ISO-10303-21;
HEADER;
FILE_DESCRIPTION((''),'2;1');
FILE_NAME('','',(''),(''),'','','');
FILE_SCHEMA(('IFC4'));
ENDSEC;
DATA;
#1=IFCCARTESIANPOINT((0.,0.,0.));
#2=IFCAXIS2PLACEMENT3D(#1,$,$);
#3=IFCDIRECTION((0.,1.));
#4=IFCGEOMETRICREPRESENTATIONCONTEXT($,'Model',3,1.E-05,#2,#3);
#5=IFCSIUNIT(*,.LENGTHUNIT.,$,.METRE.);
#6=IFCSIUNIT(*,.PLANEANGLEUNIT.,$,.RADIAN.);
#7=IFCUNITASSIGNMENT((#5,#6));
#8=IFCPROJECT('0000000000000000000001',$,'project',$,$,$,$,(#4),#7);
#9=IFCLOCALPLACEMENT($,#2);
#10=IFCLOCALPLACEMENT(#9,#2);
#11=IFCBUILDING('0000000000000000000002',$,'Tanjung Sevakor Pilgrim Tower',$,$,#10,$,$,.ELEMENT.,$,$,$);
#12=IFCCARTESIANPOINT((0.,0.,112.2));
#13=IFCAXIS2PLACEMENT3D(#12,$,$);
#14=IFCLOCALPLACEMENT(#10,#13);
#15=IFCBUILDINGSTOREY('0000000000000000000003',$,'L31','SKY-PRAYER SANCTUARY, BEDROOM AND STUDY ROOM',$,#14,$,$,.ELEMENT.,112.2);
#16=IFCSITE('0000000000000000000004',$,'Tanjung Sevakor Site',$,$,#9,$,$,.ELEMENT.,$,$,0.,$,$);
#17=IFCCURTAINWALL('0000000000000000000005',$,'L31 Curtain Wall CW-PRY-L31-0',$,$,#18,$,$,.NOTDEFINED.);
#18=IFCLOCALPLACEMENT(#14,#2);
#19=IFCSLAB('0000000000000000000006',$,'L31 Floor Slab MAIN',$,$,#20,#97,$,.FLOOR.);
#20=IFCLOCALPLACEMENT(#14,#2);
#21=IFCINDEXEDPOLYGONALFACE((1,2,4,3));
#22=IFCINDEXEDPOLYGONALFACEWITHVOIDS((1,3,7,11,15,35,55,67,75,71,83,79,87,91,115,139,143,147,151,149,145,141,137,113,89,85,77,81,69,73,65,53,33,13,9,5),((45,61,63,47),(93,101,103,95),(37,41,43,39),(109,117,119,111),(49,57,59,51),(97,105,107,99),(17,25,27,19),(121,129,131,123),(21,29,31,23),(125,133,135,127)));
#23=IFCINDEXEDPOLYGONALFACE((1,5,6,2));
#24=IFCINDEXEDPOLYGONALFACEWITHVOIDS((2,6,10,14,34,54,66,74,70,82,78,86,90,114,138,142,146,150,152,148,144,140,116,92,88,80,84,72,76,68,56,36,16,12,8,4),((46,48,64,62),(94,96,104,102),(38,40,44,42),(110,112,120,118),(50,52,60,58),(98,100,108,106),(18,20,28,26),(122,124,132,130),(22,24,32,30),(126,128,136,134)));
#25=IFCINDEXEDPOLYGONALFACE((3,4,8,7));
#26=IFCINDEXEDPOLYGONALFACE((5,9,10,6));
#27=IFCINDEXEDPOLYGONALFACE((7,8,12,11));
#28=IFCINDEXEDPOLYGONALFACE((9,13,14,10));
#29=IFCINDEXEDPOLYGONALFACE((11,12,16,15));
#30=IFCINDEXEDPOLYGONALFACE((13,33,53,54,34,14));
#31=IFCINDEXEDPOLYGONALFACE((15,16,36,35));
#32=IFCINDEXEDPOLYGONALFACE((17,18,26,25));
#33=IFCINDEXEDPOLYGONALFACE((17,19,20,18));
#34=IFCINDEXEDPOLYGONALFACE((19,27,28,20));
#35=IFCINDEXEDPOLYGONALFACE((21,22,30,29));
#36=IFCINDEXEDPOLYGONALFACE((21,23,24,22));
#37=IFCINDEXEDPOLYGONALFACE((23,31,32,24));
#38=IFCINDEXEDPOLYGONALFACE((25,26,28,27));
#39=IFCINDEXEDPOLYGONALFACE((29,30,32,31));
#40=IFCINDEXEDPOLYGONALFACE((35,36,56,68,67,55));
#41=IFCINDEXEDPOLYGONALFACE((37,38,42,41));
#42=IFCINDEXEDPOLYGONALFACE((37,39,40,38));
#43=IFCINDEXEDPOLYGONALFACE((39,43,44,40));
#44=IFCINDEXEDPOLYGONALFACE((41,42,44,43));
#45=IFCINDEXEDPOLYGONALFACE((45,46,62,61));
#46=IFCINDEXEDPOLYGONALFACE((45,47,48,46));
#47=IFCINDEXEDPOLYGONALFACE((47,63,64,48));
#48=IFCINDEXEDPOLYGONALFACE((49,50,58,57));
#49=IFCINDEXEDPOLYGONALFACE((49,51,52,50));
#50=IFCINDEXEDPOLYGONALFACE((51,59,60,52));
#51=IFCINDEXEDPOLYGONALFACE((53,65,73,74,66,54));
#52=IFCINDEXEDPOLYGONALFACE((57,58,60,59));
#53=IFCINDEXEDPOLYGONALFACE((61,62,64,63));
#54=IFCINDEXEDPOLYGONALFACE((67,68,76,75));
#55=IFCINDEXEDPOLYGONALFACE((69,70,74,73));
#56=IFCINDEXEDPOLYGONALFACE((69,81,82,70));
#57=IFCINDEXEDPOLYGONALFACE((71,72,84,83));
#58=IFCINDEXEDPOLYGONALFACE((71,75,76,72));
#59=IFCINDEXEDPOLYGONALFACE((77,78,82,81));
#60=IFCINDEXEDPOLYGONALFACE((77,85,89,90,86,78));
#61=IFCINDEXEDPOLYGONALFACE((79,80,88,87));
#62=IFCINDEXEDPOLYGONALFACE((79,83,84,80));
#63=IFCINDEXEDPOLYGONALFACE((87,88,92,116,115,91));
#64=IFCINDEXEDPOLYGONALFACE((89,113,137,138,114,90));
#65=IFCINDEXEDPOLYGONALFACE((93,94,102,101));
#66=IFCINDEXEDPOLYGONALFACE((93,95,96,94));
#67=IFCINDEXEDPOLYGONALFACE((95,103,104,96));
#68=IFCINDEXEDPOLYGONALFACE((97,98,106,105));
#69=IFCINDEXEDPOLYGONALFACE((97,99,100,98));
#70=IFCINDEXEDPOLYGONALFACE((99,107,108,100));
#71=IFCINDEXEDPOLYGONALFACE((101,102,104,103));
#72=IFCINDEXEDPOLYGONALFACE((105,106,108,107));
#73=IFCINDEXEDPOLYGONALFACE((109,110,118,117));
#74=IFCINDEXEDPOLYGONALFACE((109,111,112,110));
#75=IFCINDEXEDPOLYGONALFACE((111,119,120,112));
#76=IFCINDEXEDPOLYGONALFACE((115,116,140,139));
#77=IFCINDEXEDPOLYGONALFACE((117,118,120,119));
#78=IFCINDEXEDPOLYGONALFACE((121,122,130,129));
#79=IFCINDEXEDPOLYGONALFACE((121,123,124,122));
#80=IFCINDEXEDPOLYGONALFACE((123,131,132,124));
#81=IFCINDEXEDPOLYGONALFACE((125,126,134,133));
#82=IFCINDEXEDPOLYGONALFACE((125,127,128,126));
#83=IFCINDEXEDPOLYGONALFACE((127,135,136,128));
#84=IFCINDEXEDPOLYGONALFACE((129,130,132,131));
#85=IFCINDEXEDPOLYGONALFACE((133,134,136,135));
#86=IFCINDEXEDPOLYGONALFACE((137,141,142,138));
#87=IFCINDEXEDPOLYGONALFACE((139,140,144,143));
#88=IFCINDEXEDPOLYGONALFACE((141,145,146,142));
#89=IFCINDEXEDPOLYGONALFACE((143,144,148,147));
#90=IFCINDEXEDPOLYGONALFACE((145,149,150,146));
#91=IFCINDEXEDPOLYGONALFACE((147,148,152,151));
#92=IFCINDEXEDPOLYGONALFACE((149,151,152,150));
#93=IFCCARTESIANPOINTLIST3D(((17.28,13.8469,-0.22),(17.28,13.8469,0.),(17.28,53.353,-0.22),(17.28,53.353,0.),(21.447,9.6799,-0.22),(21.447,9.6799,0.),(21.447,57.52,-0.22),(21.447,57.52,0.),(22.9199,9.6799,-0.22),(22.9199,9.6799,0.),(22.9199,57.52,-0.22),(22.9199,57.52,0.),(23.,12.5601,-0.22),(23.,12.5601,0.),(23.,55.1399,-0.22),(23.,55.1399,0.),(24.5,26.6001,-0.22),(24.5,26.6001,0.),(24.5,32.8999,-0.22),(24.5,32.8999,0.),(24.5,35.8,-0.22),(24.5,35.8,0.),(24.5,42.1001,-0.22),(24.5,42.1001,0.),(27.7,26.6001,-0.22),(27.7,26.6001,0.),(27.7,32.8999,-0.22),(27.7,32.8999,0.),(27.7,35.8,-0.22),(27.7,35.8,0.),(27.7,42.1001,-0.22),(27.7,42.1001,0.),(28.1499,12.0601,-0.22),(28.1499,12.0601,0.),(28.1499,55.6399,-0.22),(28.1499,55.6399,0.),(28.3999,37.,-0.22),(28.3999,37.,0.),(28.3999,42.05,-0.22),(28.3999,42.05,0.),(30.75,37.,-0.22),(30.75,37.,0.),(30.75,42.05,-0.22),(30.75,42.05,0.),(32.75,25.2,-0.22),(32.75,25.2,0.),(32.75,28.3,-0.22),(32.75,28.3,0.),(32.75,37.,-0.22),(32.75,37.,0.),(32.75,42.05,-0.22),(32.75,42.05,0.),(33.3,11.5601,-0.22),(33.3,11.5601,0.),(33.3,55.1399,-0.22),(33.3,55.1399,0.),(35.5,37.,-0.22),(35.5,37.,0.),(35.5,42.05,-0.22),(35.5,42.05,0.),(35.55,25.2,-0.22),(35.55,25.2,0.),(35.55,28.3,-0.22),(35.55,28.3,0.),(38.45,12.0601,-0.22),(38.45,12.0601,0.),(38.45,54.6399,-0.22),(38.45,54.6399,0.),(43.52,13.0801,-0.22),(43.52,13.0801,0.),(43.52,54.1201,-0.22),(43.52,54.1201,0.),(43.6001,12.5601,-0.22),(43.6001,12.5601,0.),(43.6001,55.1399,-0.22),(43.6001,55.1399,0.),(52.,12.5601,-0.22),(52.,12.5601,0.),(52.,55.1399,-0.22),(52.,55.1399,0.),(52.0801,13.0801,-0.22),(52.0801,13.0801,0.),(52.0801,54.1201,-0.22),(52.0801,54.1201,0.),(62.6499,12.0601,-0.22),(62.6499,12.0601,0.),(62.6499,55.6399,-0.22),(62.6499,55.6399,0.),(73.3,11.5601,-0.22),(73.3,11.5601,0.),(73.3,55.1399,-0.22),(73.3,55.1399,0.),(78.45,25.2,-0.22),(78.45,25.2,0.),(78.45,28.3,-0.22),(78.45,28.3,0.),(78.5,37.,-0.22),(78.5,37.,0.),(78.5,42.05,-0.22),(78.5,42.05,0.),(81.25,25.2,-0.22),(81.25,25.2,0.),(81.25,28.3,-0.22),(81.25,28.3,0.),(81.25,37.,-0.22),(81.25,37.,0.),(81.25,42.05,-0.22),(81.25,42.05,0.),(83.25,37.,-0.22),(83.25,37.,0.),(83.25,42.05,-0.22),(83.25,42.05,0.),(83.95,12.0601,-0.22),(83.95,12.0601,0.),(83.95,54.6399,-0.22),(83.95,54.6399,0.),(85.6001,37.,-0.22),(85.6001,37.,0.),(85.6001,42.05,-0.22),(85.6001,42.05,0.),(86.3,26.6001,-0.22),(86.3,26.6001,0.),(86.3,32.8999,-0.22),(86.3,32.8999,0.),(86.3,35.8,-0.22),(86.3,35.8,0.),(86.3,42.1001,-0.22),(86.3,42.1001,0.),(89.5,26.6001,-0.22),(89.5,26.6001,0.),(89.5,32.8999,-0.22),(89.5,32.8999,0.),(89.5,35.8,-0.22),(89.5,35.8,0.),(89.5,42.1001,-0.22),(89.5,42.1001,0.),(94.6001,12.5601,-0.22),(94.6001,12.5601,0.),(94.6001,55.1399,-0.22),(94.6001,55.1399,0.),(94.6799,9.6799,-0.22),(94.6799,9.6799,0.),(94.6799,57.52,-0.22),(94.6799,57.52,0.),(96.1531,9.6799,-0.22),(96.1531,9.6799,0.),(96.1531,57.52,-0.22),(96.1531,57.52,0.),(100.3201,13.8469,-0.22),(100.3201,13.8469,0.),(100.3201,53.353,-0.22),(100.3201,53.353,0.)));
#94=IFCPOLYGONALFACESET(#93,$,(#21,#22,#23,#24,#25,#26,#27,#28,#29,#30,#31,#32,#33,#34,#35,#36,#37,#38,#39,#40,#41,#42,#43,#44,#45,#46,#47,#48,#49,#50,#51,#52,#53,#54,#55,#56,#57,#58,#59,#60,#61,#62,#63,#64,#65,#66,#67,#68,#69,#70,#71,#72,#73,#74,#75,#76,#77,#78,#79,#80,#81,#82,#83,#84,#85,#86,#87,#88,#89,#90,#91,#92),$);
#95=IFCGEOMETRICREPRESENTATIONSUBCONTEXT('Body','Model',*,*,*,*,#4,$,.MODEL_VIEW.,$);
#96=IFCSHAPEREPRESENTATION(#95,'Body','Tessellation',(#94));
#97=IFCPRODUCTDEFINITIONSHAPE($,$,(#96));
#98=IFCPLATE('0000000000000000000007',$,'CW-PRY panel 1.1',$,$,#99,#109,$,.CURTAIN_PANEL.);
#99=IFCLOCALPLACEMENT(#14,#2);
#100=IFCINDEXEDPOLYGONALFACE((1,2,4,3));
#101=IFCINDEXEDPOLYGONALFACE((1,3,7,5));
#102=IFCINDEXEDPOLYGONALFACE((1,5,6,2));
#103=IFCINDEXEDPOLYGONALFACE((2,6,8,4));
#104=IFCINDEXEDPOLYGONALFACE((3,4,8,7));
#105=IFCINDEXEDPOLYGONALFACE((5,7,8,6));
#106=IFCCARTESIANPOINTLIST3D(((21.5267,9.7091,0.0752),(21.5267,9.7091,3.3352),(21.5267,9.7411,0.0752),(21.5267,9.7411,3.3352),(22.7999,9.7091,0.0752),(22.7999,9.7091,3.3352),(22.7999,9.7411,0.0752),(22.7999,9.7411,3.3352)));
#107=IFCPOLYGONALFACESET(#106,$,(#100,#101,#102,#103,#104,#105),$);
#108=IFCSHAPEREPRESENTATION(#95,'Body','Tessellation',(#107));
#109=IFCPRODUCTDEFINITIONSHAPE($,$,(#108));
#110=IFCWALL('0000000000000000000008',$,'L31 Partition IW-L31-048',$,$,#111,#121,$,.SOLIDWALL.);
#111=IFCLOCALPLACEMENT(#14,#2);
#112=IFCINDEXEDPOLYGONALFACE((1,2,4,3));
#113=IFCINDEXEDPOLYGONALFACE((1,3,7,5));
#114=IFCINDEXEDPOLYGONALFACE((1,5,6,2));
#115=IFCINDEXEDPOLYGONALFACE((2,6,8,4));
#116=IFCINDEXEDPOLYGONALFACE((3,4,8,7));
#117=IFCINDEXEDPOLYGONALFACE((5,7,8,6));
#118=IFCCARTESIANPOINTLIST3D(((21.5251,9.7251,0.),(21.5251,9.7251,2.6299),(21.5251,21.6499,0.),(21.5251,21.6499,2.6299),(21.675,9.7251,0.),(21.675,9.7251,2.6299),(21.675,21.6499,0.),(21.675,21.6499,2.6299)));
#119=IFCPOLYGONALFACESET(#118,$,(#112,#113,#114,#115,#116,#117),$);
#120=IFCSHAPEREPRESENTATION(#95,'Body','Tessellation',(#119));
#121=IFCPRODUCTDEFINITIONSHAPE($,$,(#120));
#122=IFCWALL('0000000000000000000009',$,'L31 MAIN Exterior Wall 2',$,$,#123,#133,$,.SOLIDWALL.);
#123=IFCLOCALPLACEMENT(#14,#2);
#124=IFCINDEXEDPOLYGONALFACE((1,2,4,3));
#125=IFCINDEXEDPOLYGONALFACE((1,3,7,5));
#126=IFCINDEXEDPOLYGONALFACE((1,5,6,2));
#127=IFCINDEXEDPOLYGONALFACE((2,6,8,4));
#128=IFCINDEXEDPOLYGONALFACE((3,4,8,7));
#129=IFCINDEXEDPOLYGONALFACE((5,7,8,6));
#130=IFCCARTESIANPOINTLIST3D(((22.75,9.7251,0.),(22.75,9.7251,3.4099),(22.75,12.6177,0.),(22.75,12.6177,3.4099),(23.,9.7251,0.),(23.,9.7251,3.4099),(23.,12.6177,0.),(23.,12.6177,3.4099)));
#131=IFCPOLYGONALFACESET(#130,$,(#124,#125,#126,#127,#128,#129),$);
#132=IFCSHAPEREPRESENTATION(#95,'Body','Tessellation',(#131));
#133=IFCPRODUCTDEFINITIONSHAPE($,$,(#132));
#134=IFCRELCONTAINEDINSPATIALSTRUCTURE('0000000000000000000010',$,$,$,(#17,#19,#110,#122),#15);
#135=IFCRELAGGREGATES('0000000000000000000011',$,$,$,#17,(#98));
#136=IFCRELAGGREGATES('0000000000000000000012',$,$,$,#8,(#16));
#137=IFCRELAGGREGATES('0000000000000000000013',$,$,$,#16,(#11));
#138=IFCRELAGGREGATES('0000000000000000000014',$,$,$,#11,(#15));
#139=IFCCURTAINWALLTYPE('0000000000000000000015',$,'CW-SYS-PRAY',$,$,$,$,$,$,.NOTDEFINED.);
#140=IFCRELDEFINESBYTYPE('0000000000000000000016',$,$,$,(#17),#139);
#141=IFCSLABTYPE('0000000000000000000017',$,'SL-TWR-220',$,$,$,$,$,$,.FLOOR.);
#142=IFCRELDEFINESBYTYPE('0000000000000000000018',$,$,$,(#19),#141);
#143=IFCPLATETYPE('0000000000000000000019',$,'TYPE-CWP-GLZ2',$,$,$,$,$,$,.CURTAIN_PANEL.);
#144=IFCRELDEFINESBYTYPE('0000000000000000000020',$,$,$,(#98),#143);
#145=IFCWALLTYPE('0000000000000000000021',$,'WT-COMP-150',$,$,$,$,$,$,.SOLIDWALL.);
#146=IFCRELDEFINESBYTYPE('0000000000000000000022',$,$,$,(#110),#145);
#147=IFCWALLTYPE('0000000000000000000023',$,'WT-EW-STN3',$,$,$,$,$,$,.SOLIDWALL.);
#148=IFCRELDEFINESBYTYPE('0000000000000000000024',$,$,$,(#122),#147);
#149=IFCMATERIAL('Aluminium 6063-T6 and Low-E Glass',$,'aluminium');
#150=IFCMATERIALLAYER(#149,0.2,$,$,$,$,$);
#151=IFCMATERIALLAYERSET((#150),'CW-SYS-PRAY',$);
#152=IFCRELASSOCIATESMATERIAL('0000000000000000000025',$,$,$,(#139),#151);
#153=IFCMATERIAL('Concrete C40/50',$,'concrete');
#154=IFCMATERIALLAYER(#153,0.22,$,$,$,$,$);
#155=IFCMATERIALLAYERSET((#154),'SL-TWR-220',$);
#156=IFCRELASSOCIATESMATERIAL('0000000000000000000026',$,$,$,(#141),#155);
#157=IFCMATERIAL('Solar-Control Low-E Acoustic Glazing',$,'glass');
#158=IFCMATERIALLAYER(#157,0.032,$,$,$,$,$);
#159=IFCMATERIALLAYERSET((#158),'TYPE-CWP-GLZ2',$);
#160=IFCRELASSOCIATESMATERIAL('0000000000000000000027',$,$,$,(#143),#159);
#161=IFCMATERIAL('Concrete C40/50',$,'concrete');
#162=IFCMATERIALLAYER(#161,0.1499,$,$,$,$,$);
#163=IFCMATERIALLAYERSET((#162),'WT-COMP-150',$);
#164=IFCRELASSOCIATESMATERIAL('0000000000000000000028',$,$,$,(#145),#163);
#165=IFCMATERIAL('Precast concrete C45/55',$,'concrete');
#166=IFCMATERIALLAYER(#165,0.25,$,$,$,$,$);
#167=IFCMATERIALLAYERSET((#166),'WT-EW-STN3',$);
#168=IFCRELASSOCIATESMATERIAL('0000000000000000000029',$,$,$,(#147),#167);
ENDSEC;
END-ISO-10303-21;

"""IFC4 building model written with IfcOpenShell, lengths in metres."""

from ifc_helpers import new_model, si_unit, direction, frame, frame_2d, origin, origin_2d, place, context, subcontext, project, spatial, polyline, rectangle, outline, extrude, material, layer, layer_set, type_object, element, aggregate, save


model = new_model("IFC4")

# Units and contexts
model_context = context("Model", 3, precision=1e-05, world=origin(), true_north=direction((0.0, 1.0)))
body_context = subcontext(model_context, "Body", "Model", "MODEL_VIEW")
ifc_project = project(units=[si_unit("LENGTHUNIT", "METRE"), si_unit("PLANEANGLEUNIT", "RADIAN")], contexts=[model_context])

# Site, building, storey
site_placement = place(None, origin())
site = spatial("IfcSite", under=ifc_project, at=site_placement, Name="Tanjung Sevakor Site", CompositionType="ELEMENT", RefElevation=0.0)
building_placement = place(site_placement, origin())
building = spatial("IfcBuilding", under=site, at=building_placement, Name="Tanjung Sevakor Pilgrim Tower", CompositionType="ELEMENT")
storey_placement = place(building_placement, frame((0.0, 0.0, 112.2)))
storey = spatial("IfcBuildingStorey", under=building, at=storey_placement, Name="L31", Description="SKY-PRAYER SANCTUARY, BEDROOM AND STUDY ROOM", CompositionType="ELEMENT", Elevation=112.2)

# Curtain wall
ifc_material_1 = material(Name="Aluminium 6063-T6 and Low-E Glass", Category="aluminium")
ifc_layer_1 = layer(ifc_material_1, 0.2)
ifc_layer_set_1 = layer_set([ifc_layer_1], Name="CW-SYS-PRAY")
curtain_wall_type_1 = type_object("IfcCurtainWallType", Name="CW-SYS-PRAY", PredefinedType="NOTDEFINED", material=ifc_layer_set_1)
curtain_wall_1_placement = place(storey_placement, origin())
curtain_wall_1 = element("IfcCurtainWall", 1, at=curtain_wall_1_placement, inside=storey, type_object=curtain_wall_type_1, Name="L31 Curtain Wall CW-PRY-L31-0", PredefinedType="NOTDEFINED")

# Slab
ifc_material_2 = material(Name="Concrete C40/50", Category="concrete")
ifc_layer_2 = layer(ifc_material_2, 0.22)
ifc_layer_set_2 = layer_set([ifc_layer_2], Name="SL-TWR-220")
slab_type_1 = type_object("IfcSlabType", Name="SL-TWR-220", PredefinedType="FLOOR", material=ifc_layer_set_2)
slab_1_placement = place(storey_placement, frame((0.0, 0.0, -0.22)))
element("IfcSlab", 2, at=slab_1_placement, inside=storey, type_object=slab_type_1, Name="L31 Floor Slab MAIN", PredefinedType="FLOOR", context=body_context, shape_type="SweptSolid", body=[
    extrude(outline(polyline([(21.447, 9.6799), (22.9199, 9.6799), (23.0, 12.5601), (28.1499, 12.0601), (33.3, 11.5601), (38.45, 12.0601), (43.6001, 12.5601), (43.52, 13.0801), (52.0801, 13.0801), (52.0, 12.5601), (62.6499, 12.0601), (73.3, 11.5601), (83.95, 12.0601), (94.6001, 12.5601), (94.6799, 9.6799), (96.1531, 9.6799), (100.3201, 13.8469), (100.3201, 53.353), (96.1531, 57.52), (94.6799, 57.52), (94.6001, 55.1399), (83.95, 54.6399), (73.3, 55.1399), (62.6499, 55.6399), (52.0, 55.1399), (52.0801, 54.1201), (43.52, 54.1201), (43.6001, 55.1399), (38.45, 54.6399), (33.3, 55.1399), (28.1499, 55.6399), (23.0, 55.1399), (22.9199, 57.52), (21.447, 57.52), (17.28, 53.353), (17.28, 13.8469), (21.447, 9.6799)]), holes=[polyline([(27.7, 26.6001), (27.7, 32.8999), (24.5, 32.8999), (24.5, 26.6001), (27.7, 26.6001)]), polyline([(27.7, 35.8), (27.7, 42.1001), (24.5, 42.1001), (24.5, 35.8), (27.7, 35.8)]), polyline([(89.5, 26.6001), (89.5, 32.8999), (86.3, 32.8999), (86.3, 26.6001), (89.5, 26.6001)]), polyline([(89.5, 35.8), (89.5, 42.1001), (86.3, 42.1001), (86.3, 35.8), (89.5, 35.8)]), polyline([(32.75, 25.2), (35.55, 25.2), (35.55, 28.3), (32.75, 28.3), (32.75, 25.2)]), polyline([(28.3999, 37.0), (30.75, 37.0), (30.75, 42.05), (28.3999, 42.05), (28.3999, 37.0)]), polyline([(32.75, 37.0), (35.5, 37.0), (35.5, 42.05), (32.75, 42.05), (32.75, 37.0)]), polyline([(78.45, 25.2), (81.25, 25.2), (81.25, 28.3), (78.45, 28.3), (78.45, 25.2)]), polyline([(83.25, 37.0), (85.6001, 37.0), (85.6001, 42.05), (83.25, 42.05), (83.25, 37.0)]), polyline([(78.5, 37.0), (81.25, 37.0), (81.25, 42.05), (78.5, 42.05), (78.5, 37.0)])]), origin(), (0.0, 0.0, 1.0), 0.22),
])

# Plate
ifc_material_3 = material(Name="Solar-Control Low-E Acoustic Glazing", Category="glass")
ifc_layer_3 = layer(ifc_material_3, 0.032)
ifc_layer_set_3 = layer_set([ifc_layer_3], Name="TYPE-CWP-GLZ2")
plate_type = type_object("IfcPlateType", Name="TYPE-CWP-GLZ2", PredefinedType="CURTAIN_PANEL", material=ifc_layer_set_3)
plate_placement = place(storey_placement, frame((22.1633, 9.7251, 0.0752), z_axis=(0.0, 0.0, 1.0), x_axis=(1.0, 0.0, 0.0)))
plate = element("IfcPlate", 3, at=plate_placement, type_object=plate_type, Name="CW-PRY panel 1.1", PredefinedType="CURTAIN_PANEL", context=body_context, shape_type="SweptSolid", body=[
    extrude(rectangle(XDim=1.2732, YDim=0.032, at=origin_2d()), origin(), (0.0, 0.0, 1.0), 3.26),
])
aggregate(curtain_wall_1, [plate])

# Walls
ifc_material_4 = material(Name="Concrete C40/50", Category="concrete")
ifc_layer_4 = layer(ifc_material_4, 0.1499)
ifc_layer_set_4 = layer_set([ifc_layer_4], Name="WT-COMP-150")
wall_type_1 = type_object("IfcWallType", Name="WT-COMP-150", PredefinedType="SOLIDWALL", material=ifc_layer_set_4)
wall_1_placement = place(storey_placement, frame((21.6001, 9.7251, 0.0), z_axis=(0.0, 0.0, 1.0), x_axis=(0.0, 1.0, 0.0)))
element("IfcWall", 4, at=wall_1_placement, inside=storey, type_object=wall_type_1, Name="L31 Partition IW-L31-048", PredefinedType="SOLIDWALL", context=body_context, shape_type="SweptSolid", body=[
    extrude(rectangle(XDim=11.9248, YDim=0.1499, at=frame_2d((5.9624, 0.0))), origin(), (0.0, 0.0, 1.0), 2.6299),
])
ifc_material_5 = material(Name="Precast concrete C45/55", Category="concrete")
ifc_layer_5 = layer(ifc_material_5, 0.25)
ifc_layer_set_5 = layer_set([ifc_layer_5], Name="WT-EW-STN3")
wall_type_2 = type_object("IfcWallType", Name="WT-EW-STN3", PredefinedType="SOLIDWALL", material=ifc_layer_set_5)
wall_2_placement = place(storey_placement, frame((22.875, 9.7251, 0.0), z_axis=(0.0, 0.0, 1.0), x_axis=(0.0, 1.0, 0.0)))
element("IfcWall", 5, at=wall_2_placement, inside=storey, type_object=wall_type_2, Name="L31 MAIN Exterior Wall 2", PredefinedType="SOLIDWALL", context=body_context, shape_type="SweptSolid", body=[
    extrude(rectangle(XDim=2.8926, YDim=0.25, at=frame_2d((1.4463, 0.0))), origin(), (0.0, 0.0, 1.0), 3.4099),
])

save(model, "model.ifc")
